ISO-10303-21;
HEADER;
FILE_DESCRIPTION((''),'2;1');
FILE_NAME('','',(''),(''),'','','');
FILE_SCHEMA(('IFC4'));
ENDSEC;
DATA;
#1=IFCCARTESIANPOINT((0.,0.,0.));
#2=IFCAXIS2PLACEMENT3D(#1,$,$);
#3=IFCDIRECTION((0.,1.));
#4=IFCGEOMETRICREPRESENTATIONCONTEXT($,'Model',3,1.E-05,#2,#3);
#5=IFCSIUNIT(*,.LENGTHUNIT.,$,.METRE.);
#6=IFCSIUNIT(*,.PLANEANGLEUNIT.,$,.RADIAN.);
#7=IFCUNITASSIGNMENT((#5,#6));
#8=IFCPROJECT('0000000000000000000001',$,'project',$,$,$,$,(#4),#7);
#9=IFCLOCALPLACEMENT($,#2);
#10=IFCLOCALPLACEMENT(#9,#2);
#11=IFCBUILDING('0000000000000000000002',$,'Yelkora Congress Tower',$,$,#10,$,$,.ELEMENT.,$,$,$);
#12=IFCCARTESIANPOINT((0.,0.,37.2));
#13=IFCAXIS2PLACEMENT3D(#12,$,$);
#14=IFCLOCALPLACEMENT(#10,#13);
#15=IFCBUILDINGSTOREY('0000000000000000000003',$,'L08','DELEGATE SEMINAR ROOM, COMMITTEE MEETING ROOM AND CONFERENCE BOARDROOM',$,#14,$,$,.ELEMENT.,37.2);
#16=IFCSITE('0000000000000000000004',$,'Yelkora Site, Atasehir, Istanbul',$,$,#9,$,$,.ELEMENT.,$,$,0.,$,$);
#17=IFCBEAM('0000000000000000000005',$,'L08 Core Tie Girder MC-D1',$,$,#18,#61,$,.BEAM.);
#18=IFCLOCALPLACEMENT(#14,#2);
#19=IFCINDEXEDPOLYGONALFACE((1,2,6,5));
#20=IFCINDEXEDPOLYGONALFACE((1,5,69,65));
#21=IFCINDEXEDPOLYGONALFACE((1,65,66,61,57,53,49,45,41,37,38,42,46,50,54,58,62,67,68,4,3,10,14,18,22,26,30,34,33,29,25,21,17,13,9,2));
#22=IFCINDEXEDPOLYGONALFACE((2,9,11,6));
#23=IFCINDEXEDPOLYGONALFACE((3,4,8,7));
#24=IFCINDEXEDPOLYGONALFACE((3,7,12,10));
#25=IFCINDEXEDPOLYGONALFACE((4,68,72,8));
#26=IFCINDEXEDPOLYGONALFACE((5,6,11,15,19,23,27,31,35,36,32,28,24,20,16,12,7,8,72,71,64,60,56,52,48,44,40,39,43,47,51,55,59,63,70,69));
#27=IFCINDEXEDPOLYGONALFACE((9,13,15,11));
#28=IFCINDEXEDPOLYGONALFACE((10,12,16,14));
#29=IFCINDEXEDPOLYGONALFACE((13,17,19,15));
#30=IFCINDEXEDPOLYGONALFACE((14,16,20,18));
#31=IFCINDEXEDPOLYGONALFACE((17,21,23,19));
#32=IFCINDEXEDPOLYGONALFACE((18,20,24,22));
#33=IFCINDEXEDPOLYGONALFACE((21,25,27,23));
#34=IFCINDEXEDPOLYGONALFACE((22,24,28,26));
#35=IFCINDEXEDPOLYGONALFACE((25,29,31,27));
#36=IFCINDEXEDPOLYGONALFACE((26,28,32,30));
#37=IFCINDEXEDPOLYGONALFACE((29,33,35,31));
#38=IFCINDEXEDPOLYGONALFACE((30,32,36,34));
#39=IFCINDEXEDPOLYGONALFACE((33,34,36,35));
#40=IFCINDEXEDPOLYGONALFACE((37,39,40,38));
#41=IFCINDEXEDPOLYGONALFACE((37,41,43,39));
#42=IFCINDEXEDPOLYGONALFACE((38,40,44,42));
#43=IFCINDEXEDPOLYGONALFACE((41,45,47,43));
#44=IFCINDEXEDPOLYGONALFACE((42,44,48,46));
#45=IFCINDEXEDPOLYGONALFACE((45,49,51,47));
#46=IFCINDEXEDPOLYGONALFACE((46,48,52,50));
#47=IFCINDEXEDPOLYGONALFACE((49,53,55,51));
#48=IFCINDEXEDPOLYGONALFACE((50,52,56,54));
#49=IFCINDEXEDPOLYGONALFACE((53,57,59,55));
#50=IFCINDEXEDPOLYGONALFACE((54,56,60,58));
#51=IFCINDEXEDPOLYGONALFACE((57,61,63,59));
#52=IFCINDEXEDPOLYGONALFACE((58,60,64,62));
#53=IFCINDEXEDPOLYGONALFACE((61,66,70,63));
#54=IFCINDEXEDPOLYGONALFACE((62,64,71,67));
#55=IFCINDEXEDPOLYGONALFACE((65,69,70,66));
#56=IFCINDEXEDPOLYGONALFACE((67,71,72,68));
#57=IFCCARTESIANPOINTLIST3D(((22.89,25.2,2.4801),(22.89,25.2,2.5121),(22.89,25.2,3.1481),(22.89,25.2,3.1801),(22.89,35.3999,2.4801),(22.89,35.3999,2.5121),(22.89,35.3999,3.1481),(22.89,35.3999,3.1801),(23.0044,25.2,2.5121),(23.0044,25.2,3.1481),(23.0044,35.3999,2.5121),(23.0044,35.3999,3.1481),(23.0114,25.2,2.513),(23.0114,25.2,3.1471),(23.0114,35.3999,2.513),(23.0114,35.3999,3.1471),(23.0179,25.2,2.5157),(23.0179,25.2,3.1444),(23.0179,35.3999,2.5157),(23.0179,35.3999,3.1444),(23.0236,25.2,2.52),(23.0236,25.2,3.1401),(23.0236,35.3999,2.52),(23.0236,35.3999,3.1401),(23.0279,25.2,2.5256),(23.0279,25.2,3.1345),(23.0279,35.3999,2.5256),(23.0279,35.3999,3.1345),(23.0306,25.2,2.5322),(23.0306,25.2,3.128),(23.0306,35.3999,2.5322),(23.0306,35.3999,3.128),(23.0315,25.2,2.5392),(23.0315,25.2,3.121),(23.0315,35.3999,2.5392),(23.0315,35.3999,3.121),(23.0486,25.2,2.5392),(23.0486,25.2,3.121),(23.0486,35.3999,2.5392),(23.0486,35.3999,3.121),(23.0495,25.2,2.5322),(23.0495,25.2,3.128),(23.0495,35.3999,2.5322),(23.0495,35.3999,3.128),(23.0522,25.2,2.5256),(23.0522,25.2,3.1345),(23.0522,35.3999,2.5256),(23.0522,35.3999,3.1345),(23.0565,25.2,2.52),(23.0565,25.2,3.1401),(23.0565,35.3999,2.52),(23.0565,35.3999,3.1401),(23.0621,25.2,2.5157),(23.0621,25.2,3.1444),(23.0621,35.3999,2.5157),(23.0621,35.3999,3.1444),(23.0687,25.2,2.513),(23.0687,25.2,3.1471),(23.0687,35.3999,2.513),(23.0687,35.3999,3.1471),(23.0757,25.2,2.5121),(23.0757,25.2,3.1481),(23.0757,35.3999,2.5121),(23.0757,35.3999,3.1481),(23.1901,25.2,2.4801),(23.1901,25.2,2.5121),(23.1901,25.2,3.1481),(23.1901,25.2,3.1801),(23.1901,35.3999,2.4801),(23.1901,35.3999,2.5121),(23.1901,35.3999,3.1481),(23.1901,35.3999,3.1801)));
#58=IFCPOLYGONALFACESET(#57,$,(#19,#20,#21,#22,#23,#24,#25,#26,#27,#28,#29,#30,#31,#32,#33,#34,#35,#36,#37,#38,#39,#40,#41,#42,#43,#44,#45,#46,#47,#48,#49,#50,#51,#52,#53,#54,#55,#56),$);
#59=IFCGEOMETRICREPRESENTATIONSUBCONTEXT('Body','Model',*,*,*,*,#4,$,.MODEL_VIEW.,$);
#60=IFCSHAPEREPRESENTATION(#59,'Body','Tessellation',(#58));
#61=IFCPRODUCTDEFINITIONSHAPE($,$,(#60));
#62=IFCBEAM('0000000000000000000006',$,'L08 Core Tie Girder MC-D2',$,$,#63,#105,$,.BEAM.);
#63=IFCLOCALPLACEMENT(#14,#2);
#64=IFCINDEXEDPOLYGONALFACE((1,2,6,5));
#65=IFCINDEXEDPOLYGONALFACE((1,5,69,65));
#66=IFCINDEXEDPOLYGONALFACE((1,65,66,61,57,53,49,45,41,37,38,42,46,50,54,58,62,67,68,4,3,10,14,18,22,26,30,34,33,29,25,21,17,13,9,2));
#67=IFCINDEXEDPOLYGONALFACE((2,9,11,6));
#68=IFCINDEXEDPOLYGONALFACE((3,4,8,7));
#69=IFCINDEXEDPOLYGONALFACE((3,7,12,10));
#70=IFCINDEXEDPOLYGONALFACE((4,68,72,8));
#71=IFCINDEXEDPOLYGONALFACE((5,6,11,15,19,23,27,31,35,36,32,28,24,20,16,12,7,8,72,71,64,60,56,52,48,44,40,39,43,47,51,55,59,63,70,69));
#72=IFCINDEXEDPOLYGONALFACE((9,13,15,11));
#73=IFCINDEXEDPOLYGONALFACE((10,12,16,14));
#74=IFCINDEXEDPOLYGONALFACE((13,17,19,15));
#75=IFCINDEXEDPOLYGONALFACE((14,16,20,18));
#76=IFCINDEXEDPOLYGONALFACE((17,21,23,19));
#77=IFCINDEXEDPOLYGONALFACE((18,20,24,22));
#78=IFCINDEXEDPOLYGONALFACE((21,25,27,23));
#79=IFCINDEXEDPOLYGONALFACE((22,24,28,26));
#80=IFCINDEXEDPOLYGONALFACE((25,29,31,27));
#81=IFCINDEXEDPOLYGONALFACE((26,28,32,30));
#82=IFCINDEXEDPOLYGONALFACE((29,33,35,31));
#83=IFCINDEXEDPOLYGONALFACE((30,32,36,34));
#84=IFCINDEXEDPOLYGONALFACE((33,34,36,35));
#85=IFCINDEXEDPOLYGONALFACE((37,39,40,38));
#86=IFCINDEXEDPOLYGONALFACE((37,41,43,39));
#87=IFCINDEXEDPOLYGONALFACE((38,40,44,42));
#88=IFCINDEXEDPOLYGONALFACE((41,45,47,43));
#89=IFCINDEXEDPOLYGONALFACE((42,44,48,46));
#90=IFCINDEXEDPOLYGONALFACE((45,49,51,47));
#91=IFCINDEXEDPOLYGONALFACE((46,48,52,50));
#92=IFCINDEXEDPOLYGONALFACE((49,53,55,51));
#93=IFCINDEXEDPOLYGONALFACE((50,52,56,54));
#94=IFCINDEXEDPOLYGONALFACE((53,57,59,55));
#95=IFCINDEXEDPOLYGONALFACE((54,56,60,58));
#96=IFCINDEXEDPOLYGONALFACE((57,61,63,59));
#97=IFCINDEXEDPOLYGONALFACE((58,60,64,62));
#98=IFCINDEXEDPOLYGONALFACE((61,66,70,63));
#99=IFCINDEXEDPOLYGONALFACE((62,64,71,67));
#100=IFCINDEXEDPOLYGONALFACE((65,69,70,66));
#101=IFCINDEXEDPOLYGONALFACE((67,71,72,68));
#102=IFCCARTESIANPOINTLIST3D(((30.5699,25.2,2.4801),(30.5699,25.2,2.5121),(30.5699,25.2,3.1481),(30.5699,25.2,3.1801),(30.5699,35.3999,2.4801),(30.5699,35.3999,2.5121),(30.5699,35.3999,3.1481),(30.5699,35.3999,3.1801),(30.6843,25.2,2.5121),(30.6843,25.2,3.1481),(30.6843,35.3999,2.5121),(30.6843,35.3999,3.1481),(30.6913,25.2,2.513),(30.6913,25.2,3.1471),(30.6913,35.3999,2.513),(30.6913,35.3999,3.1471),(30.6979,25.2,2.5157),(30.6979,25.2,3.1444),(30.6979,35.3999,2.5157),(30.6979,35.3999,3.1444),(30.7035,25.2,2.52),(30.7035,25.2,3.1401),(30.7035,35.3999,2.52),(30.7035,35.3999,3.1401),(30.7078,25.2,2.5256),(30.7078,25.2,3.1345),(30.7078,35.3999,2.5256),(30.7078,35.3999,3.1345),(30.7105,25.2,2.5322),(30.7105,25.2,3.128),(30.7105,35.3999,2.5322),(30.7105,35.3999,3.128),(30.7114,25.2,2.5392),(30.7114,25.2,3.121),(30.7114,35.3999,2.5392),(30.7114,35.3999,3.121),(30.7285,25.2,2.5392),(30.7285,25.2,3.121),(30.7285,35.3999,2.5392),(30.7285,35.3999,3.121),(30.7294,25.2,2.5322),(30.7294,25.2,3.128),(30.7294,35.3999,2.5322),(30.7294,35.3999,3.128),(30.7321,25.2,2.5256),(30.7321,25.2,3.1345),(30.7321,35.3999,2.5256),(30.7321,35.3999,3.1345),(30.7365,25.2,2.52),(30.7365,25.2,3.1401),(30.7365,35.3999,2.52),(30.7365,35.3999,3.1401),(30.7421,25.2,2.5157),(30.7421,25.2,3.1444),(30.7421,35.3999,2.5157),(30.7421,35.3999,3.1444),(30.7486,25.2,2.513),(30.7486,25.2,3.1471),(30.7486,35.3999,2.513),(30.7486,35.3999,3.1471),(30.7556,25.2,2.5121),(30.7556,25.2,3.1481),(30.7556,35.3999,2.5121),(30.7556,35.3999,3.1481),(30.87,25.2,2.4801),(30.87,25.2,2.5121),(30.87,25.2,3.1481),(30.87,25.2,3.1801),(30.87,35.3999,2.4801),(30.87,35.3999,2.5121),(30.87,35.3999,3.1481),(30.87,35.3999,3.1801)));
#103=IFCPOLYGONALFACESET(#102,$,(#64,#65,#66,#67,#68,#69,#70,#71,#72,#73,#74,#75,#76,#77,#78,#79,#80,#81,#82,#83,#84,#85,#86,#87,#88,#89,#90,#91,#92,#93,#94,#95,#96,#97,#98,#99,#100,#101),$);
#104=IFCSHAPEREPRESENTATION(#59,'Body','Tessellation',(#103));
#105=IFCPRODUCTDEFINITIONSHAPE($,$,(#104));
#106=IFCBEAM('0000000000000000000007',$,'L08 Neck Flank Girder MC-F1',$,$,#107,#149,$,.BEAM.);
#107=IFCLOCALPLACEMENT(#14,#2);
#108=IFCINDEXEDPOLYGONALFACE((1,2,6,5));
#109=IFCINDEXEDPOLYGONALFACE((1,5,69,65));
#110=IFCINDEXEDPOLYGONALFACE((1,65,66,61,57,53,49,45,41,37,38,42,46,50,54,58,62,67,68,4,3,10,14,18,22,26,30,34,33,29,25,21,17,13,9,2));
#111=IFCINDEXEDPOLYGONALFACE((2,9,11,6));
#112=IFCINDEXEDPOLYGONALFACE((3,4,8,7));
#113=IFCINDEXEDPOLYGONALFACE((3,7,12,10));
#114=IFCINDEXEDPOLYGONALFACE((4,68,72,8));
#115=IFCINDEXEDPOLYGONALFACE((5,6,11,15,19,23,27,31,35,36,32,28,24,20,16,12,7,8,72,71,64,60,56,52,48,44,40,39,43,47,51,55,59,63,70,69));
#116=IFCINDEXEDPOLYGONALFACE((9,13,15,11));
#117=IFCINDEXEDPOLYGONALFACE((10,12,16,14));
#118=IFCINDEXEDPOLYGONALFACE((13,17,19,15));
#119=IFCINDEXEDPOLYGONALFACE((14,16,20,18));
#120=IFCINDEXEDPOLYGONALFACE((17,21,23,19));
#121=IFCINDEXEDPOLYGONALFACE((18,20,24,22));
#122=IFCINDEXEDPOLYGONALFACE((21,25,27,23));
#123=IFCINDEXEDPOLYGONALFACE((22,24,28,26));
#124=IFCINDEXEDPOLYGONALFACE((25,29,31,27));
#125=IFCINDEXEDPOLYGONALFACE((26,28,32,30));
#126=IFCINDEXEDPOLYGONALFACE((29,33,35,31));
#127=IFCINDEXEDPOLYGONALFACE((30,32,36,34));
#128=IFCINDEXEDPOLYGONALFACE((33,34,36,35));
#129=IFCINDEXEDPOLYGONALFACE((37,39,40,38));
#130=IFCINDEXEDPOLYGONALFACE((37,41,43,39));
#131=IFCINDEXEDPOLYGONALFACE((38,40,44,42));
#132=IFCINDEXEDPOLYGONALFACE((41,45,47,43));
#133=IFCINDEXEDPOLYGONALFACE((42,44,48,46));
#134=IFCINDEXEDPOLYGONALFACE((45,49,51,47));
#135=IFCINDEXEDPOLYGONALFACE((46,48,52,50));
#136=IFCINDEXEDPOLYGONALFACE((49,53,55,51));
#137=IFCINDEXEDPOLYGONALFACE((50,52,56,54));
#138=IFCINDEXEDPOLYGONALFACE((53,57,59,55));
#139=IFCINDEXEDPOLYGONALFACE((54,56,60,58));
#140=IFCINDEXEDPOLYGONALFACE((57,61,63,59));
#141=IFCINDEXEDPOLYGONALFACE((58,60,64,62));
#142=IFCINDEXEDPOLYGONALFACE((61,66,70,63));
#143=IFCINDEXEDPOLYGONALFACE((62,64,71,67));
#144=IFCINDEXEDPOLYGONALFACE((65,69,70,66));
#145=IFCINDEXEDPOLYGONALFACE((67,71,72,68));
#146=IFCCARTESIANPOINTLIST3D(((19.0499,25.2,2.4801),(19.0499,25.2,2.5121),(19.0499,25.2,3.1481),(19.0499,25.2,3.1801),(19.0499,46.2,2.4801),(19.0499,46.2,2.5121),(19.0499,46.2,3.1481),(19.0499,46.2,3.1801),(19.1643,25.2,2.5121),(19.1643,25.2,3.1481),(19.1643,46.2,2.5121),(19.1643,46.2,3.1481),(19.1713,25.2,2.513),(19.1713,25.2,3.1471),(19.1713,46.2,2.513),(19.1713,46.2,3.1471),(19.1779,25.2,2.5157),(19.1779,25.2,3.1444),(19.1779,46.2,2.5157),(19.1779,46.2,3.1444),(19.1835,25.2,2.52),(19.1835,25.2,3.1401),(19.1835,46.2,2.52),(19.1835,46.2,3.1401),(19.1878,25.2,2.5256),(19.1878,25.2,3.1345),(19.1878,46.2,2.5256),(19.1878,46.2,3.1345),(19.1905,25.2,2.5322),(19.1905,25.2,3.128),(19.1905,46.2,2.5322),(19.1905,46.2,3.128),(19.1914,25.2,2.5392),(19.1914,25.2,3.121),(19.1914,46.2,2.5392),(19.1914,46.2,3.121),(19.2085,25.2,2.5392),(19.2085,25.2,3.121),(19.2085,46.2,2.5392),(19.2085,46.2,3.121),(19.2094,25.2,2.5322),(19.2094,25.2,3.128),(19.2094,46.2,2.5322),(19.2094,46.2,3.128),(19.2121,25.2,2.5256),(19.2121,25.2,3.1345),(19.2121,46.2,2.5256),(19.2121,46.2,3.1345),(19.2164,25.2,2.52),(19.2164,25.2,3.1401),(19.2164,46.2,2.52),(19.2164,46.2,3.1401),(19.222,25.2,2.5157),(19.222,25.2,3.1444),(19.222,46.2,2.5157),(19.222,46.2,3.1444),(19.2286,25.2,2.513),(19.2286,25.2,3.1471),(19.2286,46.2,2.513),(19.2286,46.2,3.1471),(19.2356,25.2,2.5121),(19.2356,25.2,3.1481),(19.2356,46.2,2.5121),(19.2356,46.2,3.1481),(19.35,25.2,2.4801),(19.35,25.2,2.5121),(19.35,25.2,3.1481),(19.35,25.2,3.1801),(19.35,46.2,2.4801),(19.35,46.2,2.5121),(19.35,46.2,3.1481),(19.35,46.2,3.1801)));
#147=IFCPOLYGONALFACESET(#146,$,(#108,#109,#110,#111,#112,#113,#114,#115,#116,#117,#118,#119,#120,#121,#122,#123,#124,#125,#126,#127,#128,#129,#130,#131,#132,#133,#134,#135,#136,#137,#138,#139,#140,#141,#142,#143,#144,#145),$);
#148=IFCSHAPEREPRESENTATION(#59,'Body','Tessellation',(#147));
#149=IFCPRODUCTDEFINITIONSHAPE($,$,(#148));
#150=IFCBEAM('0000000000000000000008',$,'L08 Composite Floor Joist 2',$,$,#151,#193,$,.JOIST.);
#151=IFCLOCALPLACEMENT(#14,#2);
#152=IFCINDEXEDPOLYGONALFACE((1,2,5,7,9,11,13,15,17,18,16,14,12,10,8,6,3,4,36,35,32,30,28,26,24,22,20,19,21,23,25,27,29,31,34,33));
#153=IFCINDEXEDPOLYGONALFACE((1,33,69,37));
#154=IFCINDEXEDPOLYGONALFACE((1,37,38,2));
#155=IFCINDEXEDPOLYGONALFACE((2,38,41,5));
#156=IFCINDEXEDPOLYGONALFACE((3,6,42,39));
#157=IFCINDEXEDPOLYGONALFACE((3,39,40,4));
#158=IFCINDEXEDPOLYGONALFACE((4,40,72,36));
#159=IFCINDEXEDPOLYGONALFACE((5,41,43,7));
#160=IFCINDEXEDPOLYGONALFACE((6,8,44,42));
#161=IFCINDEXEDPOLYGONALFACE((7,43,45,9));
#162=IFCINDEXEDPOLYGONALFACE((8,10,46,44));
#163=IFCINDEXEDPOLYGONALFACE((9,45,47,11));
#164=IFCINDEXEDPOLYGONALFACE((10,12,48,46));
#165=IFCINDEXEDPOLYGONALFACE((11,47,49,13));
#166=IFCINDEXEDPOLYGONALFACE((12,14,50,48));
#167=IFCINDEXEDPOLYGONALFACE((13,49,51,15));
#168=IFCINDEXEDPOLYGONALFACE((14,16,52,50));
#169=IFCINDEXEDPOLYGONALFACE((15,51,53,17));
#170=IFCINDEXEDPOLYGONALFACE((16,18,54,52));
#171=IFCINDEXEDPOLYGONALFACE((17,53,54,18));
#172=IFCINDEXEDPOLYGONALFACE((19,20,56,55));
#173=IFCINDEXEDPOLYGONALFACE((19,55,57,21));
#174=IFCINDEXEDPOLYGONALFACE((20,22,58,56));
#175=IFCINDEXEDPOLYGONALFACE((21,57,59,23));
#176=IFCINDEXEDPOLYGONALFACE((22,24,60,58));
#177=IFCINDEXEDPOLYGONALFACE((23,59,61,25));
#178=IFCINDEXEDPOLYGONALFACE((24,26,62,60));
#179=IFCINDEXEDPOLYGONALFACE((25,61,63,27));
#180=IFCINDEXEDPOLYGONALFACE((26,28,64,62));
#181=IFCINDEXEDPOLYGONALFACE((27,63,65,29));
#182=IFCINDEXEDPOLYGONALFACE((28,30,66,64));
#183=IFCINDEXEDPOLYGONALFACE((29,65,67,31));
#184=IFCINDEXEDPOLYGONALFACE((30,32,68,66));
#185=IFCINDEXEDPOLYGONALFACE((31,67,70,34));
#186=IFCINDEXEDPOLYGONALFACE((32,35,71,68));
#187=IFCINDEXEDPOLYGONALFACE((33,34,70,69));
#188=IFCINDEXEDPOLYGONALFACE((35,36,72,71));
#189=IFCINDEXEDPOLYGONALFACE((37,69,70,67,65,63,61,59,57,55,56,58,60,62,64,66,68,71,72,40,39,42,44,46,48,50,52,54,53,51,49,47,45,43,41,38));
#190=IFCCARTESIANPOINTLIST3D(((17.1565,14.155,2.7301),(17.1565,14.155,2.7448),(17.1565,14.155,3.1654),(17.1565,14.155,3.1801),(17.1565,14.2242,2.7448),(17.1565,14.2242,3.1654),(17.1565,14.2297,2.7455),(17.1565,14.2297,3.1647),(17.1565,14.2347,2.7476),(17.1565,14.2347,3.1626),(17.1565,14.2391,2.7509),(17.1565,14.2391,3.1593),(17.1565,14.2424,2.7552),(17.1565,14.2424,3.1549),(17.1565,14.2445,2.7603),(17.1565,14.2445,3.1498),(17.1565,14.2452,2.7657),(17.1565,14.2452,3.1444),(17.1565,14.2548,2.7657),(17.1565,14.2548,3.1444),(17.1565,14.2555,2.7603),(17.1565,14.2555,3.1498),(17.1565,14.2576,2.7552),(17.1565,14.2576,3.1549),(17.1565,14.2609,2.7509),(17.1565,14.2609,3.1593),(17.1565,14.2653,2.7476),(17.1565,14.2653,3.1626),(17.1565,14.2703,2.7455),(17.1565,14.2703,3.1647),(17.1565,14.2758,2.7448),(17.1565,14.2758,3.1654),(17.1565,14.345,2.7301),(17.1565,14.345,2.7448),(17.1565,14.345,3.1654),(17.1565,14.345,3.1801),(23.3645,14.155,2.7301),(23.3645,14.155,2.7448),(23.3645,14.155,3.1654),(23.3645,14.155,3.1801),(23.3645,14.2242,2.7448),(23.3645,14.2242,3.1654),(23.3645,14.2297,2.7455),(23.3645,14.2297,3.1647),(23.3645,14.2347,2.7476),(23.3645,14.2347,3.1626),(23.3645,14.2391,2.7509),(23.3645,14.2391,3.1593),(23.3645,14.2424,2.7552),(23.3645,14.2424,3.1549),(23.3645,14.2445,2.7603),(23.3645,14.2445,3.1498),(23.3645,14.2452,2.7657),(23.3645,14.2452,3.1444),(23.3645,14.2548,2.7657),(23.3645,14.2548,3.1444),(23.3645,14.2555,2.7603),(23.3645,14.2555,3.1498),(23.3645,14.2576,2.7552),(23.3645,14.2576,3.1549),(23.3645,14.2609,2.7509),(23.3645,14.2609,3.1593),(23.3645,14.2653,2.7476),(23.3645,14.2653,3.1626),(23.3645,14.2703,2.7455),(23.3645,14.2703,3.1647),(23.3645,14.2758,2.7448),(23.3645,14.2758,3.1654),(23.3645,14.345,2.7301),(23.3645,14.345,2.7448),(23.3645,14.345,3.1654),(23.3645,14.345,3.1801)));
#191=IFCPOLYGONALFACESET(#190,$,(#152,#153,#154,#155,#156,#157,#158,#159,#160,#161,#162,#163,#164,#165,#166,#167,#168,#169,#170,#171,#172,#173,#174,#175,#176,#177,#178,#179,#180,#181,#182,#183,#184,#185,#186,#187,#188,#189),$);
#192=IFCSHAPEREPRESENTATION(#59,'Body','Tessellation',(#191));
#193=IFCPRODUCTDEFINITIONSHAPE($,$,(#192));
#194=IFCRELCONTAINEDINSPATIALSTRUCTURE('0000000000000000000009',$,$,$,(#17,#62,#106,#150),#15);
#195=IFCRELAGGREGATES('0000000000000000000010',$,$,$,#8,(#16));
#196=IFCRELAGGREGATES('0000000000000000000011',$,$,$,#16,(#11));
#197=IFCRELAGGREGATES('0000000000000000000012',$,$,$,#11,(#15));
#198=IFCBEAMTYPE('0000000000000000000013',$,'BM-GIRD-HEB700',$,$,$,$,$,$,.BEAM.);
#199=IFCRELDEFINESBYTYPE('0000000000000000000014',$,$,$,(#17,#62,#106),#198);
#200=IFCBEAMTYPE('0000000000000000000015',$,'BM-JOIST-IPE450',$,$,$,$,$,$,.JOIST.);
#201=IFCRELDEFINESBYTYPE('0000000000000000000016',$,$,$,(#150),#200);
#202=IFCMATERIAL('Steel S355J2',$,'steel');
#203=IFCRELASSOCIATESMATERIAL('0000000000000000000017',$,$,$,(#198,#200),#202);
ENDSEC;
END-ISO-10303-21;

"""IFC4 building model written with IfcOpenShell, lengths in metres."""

from ifc_helpers import new_model, si_unit, direction, frame, origin, origin_2d, place, context, subcontext, project, spatial, i_section, extrude, material, material_profile, profile_set, type_object, element, save


model = new_model("IFC4")

# Units and contexts
model_context = context("Model", 3, precision=1e-05, world=origin(), true_north=direction((0.0, 1.0)))
body_context = subcontext(model_context, "Body", "Model", "MODEL_VIEW")
ifc_project = project(units=[si_unit("LENGTHUNIT", "METRE"), si_unit("PLANEANGLEUNIT", "RADIAN")], contexts=[model_context])

# Site, building, storey
site_placement = place(None, origin())
site = spatial("IfcSite", under=ifc_project, at=site_placement, Name="Yelkora Site, Atasehir, Istanbul", CompositionType="ELEMENT", RefElevation=0.0)
building_placement = place(site_placement, origin())
building = spatial("IfcBuilding", under=site, at=building_placement, Name="Yelkora Congress Tower", CompositionType="ELEMENT")
storey_placement = place(building_placement, frame((0.0, 0.0, 37.2)))
storey = spatial("IfcBuildingStorey", under=building, at=storey_placement, Name="L08", Description="DELEGATE SEMINAR ROOM, COMMITTEE MEETING ROOM AND CONFERENCE BOARDROOM", CompositionType="ELEMENT", Elevation=37.2)

# Beams
ifc_material_1 = material(Name="Steel S355J2", Category="steel")
ifc_material_profile_1 = material_profile(ifc_material_1, i_section(OverallWidth=0.3, OverallDepth=0.7, WebThickness=0.0171, FlangeThickness=0.032, FilletRadius=0.0271, at=origin_2d()), Name="HEB 700")
ifc_profile_set_1 = profile_set([ifc_material_profile_1], Name="Steel S355J2")
beam_type_1 = type_object("IfcBeamType", Name="BM-GIRD-HEB700", PredefinedType="BEAM", material=ifc_profile_set_1)
for number, where, z_axis, x_axis, name in (
    (1, (23.04, 25.2, 2.8301), (0.0, 1.0, 0.0), (-1.0, 0.0, 0.0), "L08 Core Tie Girder MC-D1"),
    (2, (30.72, 25.2, 2.8301), (0.0, 1.0, 0.0), (-1.0, 0.0, 0.0), "L08 Core Tie Girder MC-D2"),
):
    element("IfcBeam", number, at=place(storey_placement, frame(where, z_axis=z_axis, x_axis=x_axis)), inside=storey, type_object=beam_type_1, Name=name, PredefinedType="BEAM", context=body_context, shape_type="SweptSolid", body=[
        extrude(i_section(OverallWidth=0.3, OverallDepth=0.7, WebThickness=0.0171, FlangeThickness=0.032, FilletRadius=0.0271, at=origin_2d()), origin(), (0.0, 0.0, 1.0), 10.2),
    ])
beam_1_placement = place(storey_placement, frame((19.2, 25.2, 2.8301), z_axis=(0.0, 1.0, 0.0), x_axis=(-1.0, 0.0, 0.0)))
element("IfcBeam", 3, at=beam_1_placement, inside=storey, type_object=beam_type_1, Name="L08 Neck Flank Girder MC-F1", PredefinedType="BEAM", context=body_context, shape_type="SweptSolid", body=[
    extrude(i_section(OverallWidth=0.3, OverallDepth=0.7, WebThickness=0.0171, FlangeThickness=0.032, FilletRadius=0.0271, at=origin_2d()), origin(), (0.0, 0.0, 1.0), 21.0),
])
ifc_material_profile_2 = material_profile(ifc_material_1, i_section(OverallWidth=0.1899, OverallDepth=0.45, WebThickness=0.0095, FlangeThickness=0.0146, FilletRadius=0.021, at=origin_2d()), Name="IPE 450")
ifc_profile_set_2 = profile_set([ifc_material_profile_2], Name="Steel S355J2")
beam_type_2 = type_object("IfcBeamType", Name="BM-JOIST-IPE450", PredefinedType="JOIST", material=ifc_profile_set_2)
beam_2_placement = place(storey_placement, frame((17.1565, 14.25, 2.9551), z_axis=(1.0, 0.0, 0.0), x_axis=(0.0, 1.0, 0.0)))
element("IfcBeam", 4, at=beam_2_placement, inside=storey, type_object=beam_type_2, Name="L08 Composite Floor Joist 2", PredefinedType="JOIST", context=body_context, shape_type="SweptSolid", body=[
    extrude(i_section(OverallWidth=0.1899, OverallDepth=0.45, WebThickness=0.0095, FlangeThickness=0.0146, FilletRadius=0.021, at=origin_2d()), origin(), (0.0, 0.0, 1.0), 6.208),
])

save(model, "model.ifc")
